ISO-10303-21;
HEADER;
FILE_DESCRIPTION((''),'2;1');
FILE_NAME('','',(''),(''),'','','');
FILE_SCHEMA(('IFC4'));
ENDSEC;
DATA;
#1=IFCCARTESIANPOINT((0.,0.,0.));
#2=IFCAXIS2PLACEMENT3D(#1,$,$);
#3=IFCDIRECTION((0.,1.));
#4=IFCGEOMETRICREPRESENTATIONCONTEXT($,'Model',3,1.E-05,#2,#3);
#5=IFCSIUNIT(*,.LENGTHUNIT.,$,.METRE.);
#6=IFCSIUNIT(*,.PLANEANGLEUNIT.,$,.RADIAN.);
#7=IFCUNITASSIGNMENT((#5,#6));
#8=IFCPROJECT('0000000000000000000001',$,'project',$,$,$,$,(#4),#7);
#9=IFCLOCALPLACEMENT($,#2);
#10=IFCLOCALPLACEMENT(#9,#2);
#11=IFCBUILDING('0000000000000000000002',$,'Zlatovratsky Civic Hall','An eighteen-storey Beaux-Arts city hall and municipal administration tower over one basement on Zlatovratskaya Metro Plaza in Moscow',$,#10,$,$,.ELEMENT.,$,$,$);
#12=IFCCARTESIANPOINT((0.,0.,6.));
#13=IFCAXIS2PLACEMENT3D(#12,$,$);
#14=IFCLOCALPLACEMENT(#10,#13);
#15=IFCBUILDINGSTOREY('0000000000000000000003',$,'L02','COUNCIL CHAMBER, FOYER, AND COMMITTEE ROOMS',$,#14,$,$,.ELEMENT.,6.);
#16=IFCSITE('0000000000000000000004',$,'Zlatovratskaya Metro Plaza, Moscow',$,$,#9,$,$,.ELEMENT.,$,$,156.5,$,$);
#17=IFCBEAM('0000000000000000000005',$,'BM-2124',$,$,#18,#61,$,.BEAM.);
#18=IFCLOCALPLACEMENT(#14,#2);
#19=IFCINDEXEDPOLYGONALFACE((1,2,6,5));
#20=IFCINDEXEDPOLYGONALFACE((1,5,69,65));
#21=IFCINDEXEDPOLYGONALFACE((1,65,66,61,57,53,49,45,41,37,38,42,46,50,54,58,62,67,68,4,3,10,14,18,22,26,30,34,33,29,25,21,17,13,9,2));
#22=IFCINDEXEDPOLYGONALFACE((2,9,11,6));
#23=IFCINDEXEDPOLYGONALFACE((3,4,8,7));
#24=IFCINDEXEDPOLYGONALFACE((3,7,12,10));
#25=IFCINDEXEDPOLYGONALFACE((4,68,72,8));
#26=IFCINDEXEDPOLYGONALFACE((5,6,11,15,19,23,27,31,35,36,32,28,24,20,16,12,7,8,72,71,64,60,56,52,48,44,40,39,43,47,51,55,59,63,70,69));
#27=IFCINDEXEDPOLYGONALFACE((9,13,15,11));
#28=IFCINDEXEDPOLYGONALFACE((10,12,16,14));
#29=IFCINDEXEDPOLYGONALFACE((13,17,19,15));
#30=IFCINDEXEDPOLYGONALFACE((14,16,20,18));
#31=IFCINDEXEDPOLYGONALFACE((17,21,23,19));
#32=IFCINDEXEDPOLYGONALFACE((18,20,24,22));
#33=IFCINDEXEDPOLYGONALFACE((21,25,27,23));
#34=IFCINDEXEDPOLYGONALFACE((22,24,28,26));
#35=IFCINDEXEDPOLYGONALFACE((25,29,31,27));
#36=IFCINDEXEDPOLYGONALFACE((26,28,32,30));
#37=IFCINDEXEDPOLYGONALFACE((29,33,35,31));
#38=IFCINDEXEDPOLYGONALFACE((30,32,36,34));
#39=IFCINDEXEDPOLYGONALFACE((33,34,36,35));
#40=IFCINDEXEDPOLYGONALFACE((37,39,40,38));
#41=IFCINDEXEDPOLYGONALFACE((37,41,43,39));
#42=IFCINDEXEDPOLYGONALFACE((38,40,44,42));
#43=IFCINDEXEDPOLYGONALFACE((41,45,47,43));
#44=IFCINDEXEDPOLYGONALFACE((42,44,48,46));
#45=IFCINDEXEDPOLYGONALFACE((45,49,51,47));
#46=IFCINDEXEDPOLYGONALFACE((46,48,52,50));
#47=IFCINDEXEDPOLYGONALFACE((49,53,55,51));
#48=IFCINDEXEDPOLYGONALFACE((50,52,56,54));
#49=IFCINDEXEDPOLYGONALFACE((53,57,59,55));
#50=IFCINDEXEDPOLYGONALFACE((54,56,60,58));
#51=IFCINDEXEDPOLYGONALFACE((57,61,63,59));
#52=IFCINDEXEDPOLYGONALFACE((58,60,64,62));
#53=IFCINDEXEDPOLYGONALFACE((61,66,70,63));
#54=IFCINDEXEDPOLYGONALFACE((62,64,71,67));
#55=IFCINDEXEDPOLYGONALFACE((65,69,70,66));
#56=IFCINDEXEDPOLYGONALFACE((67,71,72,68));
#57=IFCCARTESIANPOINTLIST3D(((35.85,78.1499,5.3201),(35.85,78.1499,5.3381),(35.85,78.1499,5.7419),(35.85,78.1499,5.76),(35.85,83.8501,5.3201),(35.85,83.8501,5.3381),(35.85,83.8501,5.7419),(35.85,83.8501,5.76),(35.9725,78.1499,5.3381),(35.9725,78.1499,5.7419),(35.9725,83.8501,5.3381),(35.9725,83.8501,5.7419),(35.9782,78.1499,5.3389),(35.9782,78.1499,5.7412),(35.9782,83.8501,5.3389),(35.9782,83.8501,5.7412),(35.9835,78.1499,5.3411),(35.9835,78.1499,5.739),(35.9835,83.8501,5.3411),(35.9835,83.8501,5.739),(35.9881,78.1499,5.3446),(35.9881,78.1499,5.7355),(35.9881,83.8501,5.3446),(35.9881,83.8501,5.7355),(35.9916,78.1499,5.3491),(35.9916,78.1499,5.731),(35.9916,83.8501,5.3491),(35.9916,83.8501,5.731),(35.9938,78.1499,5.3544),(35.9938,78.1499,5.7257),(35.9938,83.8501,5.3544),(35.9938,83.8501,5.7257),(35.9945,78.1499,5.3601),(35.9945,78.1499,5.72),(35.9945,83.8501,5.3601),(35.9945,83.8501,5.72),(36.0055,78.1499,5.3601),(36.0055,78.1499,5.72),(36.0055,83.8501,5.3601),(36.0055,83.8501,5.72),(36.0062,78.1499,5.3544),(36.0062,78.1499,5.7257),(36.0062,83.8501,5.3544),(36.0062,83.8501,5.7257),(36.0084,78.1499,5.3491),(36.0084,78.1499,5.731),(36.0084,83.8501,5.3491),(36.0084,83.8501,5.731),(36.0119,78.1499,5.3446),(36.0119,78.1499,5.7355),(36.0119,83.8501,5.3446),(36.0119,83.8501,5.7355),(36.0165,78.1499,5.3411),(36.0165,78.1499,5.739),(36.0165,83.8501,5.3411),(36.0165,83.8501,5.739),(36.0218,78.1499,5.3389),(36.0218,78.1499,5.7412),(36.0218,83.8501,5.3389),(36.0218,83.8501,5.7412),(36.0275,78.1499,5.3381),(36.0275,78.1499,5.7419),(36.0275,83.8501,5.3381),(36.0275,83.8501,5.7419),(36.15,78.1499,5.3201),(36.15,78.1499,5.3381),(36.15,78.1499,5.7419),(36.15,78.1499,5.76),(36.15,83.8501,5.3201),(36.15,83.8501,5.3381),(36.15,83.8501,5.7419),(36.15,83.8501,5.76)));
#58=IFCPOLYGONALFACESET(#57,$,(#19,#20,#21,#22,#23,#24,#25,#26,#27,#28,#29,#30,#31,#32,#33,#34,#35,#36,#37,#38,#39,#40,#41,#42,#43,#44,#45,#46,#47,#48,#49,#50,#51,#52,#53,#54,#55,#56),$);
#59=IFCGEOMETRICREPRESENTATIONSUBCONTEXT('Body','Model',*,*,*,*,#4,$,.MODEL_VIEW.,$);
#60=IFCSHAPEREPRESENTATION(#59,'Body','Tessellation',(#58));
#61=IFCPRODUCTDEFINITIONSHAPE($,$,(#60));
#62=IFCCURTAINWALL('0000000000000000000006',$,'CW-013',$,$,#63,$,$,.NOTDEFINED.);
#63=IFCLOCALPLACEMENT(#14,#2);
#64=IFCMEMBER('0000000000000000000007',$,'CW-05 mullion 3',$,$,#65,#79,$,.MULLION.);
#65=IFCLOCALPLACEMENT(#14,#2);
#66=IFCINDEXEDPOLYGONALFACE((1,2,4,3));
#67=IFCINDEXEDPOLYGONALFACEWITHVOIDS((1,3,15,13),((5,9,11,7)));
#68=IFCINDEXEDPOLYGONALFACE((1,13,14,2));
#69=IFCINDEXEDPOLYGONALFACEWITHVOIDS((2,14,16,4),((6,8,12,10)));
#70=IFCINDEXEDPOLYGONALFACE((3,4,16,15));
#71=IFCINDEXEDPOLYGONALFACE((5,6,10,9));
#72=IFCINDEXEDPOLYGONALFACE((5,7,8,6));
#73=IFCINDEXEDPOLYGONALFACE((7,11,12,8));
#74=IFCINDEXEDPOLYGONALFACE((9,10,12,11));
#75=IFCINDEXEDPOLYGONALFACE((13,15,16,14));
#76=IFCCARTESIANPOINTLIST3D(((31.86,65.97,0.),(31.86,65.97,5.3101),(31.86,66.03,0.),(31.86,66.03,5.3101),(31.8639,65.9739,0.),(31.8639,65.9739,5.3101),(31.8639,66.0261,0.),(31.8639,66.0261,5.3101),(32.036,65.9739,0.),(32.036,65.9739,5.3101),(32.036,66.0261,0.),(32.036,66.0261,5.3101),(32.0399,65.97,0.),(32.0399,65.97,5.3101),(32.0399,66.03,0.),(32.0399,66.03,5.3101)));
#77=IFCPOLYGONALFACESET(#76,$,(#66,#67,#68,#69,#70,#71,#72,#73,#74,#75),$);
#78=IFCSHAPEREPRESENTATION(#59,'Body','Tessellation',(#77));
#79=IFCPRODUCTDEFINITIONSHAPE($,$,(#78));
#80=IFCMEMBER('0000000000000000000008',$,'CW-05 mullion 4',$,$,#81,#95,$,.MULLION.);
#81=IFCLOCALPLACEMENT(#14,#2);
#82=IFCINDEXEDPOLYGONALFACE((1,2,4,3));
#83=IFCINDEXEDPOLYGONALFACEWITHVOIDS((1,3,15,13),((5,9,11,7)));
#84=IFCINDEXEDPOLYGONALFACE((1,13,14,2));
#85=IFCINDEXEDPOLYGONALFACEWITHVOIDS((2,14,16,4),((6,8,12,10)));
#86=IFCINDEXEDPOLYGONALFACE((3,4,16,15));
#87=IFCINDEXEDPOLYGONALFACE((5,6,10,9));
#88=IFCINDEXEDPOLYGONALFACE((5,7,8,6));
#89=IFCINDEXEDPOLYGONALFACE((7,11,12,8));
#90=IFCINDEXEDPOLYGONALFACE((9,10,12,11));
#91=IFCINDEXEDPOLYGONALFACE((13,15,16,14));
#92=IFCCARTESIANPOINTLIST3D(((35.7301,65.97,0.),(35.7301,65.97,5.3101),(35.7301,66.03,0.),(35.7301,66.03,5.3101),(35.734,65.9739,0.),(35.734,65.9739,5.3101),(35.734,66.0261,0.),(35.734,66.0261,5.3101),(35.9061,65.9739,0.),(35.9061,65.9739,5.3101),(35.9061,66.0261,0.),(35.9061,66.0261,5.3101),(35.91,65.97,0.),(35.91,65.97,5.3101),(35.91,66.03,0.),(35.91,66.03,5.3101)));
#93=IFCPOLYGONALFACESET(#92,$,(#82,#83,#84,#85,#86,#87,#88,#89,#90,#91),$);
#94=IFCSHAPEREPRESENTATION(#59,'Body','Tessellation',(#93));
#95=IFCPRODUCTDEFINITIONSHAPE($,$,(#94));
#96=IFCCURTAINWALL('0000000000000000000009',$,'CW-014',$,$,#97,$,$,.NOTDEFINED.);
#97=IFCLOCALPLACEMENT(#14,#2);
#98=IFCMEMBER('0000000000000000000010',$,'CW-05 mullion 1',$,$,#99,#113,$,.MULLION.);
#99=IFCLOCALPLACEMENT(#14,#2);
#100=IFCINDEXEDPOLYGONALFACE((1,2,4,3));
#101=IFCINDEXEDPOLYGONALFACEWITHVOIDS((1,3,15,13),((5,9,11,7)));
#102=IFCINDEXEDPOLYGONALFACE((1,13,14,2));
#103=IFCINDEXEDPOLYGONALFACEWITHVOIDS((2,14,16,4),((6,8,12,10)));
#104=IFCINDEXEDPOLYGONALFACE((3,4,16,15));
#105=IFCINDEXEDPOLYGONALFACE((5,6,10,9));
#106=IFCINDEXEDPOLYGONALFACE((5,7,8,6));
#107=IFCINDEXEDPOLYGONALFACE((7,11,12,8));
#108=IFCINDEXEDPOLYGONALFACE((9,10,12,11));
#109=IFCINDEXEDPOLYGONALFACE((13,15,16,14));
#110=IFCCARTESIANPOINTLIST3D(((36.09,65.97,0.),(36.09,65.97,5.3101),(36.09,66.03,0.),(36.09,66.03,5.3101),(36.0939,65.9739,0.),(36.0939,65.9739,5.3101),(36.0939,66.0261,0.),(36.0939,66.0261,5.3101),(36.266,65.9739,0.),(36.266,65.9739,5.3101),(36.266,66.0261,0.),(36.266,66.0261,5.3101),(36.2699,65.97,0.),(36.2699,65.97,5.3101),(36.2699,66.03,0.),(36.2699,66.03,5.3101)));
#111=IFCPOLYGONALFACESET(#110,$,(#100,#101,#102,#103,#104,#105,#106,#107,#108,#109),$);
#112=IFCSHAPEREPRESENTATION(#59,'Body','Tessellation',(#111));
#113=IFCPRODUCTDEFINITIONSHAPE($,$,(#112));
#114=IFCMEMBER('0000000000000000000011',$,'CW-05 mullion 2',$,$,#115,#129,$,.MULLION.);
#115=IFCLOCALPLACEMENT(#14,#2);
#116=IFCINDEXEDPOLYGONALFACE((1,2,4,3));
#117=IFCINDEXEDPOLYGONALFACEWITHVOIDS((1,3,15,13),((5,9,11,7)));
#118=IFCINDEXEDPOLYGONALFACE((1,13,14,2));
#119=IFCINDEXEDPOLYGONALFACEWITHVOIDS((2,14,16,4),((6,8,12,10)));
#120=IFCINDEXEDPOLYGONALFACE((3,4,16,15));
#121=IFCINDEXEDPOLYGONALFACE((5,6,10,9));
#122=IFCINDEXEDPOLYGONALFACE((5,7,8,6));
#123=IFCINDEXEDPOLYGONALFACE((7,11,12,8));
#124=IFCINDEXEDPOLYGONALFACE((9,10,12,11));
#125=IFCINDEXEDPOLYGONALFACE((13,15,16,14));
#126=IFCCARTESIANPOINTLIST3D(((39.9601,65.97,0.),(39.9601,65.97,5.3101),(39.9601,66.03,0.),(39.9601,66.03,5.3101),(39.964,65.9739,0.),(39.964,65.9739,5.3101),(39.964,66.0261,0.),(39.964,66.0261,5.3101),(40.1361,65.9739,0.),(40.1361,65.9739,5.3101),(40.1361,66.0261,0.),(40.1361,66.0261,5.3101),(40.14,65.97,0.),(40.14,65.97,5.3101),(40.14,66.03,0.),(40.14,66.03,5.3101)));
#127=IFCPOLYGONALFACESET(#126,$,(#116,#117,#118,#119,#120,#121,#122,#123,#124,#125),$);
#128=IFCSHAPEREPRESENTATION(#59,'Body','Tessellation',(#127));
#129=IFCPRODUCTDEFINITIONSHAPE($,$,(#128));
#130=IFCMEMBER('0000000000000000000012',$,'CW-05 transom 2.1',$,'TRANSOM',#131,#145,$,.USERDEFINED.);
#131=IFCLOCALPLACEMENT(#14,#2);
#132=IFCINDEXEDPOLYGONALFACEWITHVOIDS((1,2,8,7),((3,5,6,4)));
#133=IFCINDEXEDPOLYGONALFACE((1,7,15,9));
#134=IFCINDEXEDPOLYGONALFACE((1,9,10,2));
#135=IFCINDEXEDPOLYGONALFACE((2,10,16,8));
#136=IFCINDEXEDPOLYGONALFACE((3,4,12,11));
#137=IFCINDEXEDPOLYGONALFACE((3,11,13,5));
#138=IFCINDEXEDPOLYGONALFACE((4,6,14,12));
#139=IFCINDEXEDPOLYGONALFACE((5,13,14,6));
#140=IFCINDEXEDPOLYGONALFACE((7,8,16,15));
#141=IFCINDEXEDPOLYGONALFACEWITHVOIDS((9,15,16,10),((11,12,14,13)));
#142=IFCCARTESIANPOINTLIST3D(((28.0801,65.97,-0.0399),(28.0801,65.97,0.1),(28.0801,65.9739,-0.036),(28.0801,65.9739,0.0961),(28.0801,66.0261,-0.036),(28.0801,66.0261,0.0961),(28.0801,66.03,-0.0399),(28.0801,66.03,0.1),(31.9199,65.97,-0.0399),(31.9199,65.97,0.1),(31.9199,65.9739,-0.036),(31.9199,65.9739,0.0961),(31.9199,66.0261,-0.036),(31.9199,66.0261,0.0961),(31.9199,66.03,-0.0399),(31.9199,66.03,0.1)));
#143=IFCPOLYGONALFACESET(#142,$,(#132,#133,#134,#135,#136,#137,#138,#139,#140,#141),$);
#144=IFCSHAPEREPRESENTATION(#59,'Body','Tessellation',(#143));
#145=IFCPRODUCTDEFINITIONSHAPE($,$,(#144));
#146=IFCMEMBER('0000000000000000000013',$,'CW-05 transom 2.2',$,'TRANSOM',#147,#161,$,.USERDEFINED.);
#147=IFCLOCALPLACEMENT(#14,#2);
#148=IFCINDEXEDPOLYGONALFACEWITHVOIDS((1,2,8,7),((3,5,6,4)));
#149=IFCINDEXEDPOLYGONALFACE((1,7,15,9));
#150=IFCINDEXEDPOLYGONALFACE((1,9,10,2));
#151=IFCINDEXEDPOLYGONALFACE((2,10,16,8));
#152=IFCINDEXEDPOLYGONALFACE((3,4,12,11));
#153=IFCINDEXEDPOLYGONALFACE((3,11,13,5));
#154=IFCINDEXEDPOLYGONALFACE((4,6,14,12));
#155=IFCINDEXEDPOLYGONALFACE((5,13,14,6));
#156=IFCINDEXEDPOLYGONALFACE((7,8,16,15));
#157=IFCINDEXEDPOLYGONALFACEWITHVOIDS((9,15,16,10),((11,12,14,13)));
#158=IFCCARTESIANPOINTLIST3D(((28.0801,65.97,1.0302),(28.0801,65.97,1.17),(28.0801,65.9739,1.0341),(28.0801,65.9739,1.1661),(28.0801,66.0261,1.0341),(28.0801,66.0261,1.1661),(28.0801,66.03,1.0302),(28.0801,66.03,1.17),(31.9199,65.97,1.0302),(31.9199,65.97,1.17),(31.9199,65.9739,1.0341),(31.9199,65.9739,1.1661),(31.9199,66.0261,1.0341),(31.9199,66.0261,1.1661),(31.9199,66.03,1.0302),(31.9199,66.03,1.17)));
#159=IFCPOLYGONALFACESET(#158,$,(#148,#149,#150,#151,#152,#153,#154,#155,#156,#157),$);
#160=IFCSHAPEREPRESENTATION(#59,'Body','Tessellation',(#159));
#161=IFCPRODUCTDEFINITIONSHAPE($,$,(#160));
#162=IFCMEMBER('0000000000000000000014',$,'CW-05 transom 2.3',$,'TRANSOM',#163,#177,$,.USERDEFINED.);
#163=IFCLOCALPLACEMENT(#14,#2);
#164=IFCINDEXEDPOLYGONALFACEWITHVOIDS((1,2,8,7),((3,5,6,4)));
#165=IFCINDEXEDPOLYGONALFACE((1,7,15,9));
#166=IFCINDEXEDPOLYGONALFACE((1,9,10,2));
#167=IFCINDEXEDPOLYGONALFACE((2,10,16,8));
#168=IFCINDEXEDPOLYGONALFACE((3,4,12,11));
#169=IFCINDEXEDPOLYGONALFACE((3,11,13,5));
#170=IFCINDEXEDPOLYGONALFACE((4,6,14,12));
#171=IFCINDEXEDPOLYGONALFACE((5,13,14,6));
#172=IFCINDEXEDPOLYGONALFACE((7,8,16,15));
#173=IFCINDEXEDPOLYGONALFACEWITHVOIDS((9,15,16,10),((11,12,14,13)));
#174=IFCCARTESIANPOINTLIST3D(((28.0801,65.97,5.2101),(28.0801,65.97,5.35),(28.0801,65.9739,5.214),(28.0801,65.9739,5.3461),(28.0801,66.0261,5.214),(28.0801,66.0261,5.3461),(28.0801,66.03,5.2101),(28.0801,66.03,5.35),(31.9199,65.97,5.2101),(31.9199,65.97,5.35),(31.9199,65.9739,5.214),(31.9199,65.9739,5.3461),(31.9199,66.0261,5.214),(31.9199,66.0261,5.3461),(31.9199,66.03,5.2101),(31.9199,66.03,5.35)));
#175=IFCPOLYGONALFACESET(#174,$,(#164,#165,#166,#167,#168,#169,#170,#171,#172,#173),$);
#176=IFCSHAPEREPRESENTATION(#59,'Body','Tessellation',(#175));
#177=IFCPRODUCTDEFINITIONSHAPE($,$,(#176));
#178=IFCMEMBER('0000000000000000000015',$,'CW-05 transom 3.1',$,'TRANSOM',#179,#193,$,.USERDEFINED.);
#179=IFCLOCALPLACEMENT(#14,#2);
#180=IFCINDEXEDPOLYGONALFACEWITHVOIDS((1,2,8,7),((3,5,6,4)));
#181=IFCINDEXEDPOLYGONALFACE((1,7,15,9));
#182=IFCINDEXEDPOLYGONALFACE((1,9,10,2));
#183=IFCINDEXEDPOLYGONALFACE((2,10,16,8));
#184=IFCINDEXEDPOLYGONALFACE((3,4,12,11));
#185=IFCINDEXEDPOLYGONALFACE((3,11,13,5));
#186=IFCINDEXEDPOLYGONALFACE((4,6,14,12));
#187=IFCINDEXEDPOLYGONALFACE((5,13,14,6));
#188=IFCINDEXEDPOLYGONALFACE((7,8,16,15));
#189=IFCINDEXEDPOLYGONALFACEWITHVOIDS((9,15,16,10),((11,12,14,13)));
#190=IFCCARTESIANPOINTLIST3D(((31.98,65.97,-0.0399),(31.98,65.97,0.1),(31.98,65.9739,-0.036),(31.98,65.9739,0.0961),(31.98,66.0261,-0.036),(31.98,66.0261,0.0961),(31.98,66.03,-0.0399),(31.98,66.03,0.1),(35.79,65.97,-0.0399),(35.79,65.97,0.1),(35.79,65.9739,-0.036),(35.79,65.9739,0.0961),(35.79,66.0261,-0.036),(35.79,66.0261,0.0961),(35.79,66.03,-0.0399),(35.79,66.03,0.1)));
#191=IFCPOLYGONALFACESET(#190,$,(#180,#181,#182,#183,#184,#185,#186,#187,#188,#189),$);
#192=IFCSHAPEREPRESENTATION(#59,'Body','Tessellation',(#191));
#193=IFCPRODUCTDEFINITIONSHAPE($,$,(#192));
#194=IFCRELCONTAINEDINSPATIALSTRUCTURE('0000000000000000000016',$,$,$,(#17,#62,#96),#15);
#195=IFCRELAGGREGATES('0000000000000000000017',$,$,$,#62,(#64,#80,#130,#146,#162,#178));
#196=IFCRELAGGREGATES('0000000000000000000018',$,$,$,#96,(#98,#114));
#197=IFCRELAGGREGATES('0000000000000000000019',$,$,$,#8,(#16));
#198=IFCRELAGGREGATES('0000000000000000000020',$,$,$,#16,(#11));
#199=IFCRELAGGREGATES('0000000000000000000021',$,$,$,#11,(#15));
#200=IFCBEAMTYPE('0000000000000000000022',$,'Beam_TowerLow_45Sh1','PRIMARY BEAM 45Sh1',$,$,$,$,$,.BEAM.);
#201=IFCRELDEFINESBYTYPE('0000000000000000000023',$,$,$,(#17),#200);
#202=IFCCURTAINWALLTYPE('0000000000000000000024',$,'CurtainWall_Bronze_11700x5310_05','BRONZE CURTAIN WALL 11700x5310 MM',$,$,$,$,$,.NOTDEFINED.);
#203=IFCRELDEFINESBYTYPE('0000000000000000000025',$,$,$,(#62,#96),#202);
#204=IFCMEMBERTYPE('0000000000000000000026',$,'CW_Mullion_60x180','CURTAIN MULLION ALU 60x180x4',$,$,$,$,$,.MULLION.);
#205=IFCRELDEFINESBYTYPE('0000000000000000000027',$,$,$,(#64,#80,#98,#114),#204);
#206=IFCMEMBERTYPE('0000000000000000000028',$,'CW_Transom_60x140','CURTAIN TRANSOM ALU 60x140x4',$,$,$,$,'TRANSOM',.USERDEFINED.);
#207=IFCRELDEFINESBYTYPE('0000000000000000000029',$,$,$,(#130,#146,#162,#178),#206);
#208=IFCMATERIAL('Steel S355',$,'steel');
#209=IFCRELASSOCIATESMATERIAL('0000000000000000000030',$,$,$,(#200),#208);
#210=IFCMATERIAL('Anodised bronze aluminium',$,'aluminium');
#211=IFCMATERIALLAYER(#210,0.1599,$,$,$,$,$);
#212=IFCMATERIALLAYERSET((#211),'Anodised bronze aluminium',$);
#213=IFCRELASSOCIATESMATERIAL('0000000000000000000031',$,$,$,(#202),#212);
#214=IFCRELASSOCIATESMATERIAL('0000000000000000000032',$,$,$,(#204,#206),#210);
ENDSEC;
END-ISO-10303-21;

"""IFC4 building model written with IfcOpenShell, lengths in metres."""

from ifc_helpers import new_model, si_unit, direction, frame, origin, origin_2d, place, context, subcontext, project, spatial, hollow_rectangle, i_section, extrude, material, layer, layer_set, material_profile, profile_set, type_object, element, aggregate, save


model = new_model("IFC4")

# Units and contexts
model_context = context("Model", 3, precision=1e-05, world=origin(), true_north=direction((0.0, 1.0)))
body_context = subcontext(model_context, "Body", "Model", "MODEL_VIEW")
ifc_project = project(units=[si_unit("LENGTHUNIT", "METRE"), si_unit("PLANEANGLEUNIT", "RADIAN")], contexts=[model_context])

# Site, building, storey
site_placement = place(None, origin())
site = spatial("IfcSite", under=ifc_project, at=site_placement, Name="Zlatovratskaya Metro Plaza, Moscow", CompositionType="ELEMENT", RefElevation=156.5)
building_placement = place(site_placement, origin())
building = spatial("IfcBuilding", under=site, at=building_placement, Name="Zlatovratsky Civic Hall", Description="An eighteen-storey Beaux-Arts city hall and municipal administration tower over one basement on Zlatovratskaya Metro Plaza in Moscow", CompositionType="ELEMENT")
storey_placement = place(building_placement, frame((0.0, 0.0, 6.0)))
storey = spatial("IfcBuildingStorey", under=building, at=storey_placement, Name="L02", Description="COUNCIL CHAMBER, FOYER, AND COMMITTEE ROOMS", CompositionType="ELEMENT", Elevation=6.0)

# Shared definitions
ifc_material_1 = material(Name="Steel S355", Category="steel")

# Beam
ifc_material_profile_1 = material_profile(ifc_material_1, i_section(OverallWidth=0.3, OverallDepth=0.4399, WebThickness=0.011, FlangeThickness=0.0181, FilletRadius=0.022, at=origin_2d()), Name="45Sh1")
ifc_profile_set_1 = profile_set([ifc_material_profile_1], Name="Steel S355")
beam_type_1 = type_object("IfcBeamType", Name="Beam_TowerLow_45Sh1", Description="PRIMARY BEAM 45Sh1", PredefinedType="BEAM", material=ifc_profile_set_1)
for number, where, z_axis, x_axis, name in (
    (1, (36.0, 78.1499, 5.54), (0.0, 1.0, 0.0), (-1.0, 0.0, 0.0), "BM-2124"),
):
    element("IfcBeam", number, at=place(storey_placement, frame(where, z_axis=z_axis, x_axis=x_axis)), inside=storey, type_object=beam_type_1, Name=name, PredefinedType="BEAM", context=body_context, shape_type="SweptSolid", body=[
        extrude(i_section(OverallWidth=0.3, OverallDepth=0.4399, WebThickness=0.011, FlangeThickness=0.0181, FilletRadius=0.022, at=origin_2d()), origin(), (0.0, 0.0, 1.0), 5.7002),
    ])

# Curtain walls, members
ifc_material_2 = material(Name="Anodised bronze aluminium", Category="aluminium")
ifc_layer_1 = layer(ifc_material_2, 0.1599)
ifc_layer_set_1 = layer_set([ifc_layer_1], Name="Anodised bronze aluminium")
curtain_wall_type = type_object("IfcCurtainWallType", Name="CurtainWall_Bronze_11700x5310_05", Description="BRONZE CURTAIN WALL 11700x5310 MM", PredefinedType="NOTDEFINED", material=ifc_layer_set_1)
curtain_wall_1_placement = place(storey_placement, origin())
curtain_wall_1 = element("IfcCurtainWall", 2, at=curtain_wall_1_placement, inside=storey, type_object=curtain_wall_type, Name="CW-013", PredefinedType="NOTDEFINED")
ifc_material_profile_2 = material_profile(ifc_material_2, hollow_rectangle(XDim=0.0601, YDim=0.1799, WallThickness=0.0039, at=origin_2d()), Name="ALU 60x180x4")
ifc_profile_set_2 = profile_set([ifc_material_profile_2], Name="Anodised bronze aluminium")
member_type_1 = type_object("IfcMemberType", Name="CW_Mullion_60x180", Description="CURTAIN MULLION ALU 60x180x4", PredefinedType="MULLION", material=ifc_profile_set_2)
member_1_placement = place(storey_placement, frame((31.95, 66.0, 0.0), z_axis=(0.0, 0.0, 1.0), x_axis=(0.0, 1.0, 0.0)))
member_1 = element("IfcMember", 3, at=member_1_placement, type_object=member_type_1, Name="CW-05 mullion 3", PredefinedType="MULLION", context=body_context, shape_type="SweptSolid", body=[
    extrude(hollow_rectangle(XDim=0.0601, YDim=0.1799, WallThickness=0.0039, at=origin_2d()), origin(), (0.0, 0.0, 1.0), 5.3101),
])
member_2_placement = place(storey_placement, frame((35.8201, 66.0, 0.0), z_axis=(0.0, 0.0, 1.0), x_axis=(0.0, 1.0, 0.0)))
member_2 = element("IfcMember", 4, at=member_2_placement, type_object=member_type_1, Name="CW-05 mullion 4", PredefinedType="MULLION", context=body_context, shape_type="SweptSolid", body=[
    extrude(hollow_rectangle(XDim=0.0601, YDim=0.1799, WallThickness=0.0039, at=origin_2d()), origin(), (0.0, 0.0, 1.0), 5.3101),
])
curtain_wall_2_placement = place(storey_placement, origin())
curtain_wall_2 = element("IfcCurtainWall", 5, at=curtain_wall_2_placement, inside=storey, type_object=curtain_wall_type, Name="CW-014", PredefinedType="NOTDEFINED")
member_3_placement = place(storey_placement, frame((36.1799, 66.0, 0.0), z_axis=(0.0, 0.0, 1.0), x_axis=(0.0, 1.0, 0.0)))
member_3 = element("IfcMember", 6, at=member_3_placement, type_object=member_type_1, Name="CW-05 mullion 1", PredefinedType="MULLION", context=body_context, shape_type="SweptSolid", body=[
    extrude(hollow_rectangle(XDim=0.0601, YDim=0.1799, WallThickness=0.0039, at=origin_2d()), origin(), (0.0, 0.0, 1.0), 5.3101),
])
member_4_placement = place(storey_placement, frame((40.05, 66.0, 0.0), z_axis=(0.0, 0.0, 1.0), x_axis=(0.0, 1.0, 0.0)))
member_4 = element("IfcMember", 7, at=member_4_placement, type_object=member_type_1, Name="CW-05 mullion 2", PredefinedType="MULLION", context=body_context, shape_type="SweptSolid", body=[
    extrude(hollow_rectangle(XDim=0.0601, YDim=0.1799, WallThickness=0.0039, at=origin_2d()), origin(), (0.0, 0.0, 1.0), 5.3101),
])

# Members
ifc_material_profile_3 = material_profile(ifc_material_2, hollow_rectangle(XDim=0.0601, YDim=0.1399, WallThickness=0.0039, at=origin_2d()), Name="ALU 60x140x4")
ifc_profile_set_3 = profile_set([ifc_material_profile_3], Name="Anodised bronze aluminium")
member_type_2 = type_object("IfcMemberType", Name="CW_Transom_60x140", Description="CURTAIN TRANSOM ALU 60x140x4", ElementType="TRANSOM", PredefinedType="USERDEFINED", material=ifc_profile_set_3)
member_5_placement = place(storey_placement, frame((28.0801, 66.0, 0.03), z_axis=(1.0, 0.0, 0.0), x_axis=(0.0, 1.0, 0.0)))
member_5 = element("IfcMember", 8, at=member_5_placement, type_object=member_type_2, Name="CW-05 transom 2.1", ObjectType="TRANSOM", PredefinedType="USERDEFINED", context=body_context, shape_type="SweptSolid", body=[
    extrude(hollow_rectangle(XDim=0.0601, YDim=0.1399, WallThickness=0.0039, at=origin_2d()), origin(), (0.0, 0.0, 1.0), 3.8398),
])
member_6_placement = place(storey_placement, frame((28.0801, 66.0, 1.1001), z_axis=(1.0, 0.0, 0.0), x_axis=(0.0, 1.0, 0.0)))
member_6 = element("IfcMember", 9, at=member_6_placement, type_object=member_type_2, Name="CW-05 transom 2.2", ObjectType="TRANSOM", PredefinedType="USERDEFINED", context=body_context, shape_type="SweptSolid", body=[
    extrude(hollow_rectangle(XDim=0.0601, YDim=0.1399, WallThickness=0.0039, at=origin_2d()), origin(), (0.0, 0.0, 1.0), 3.8398),
])
member_7_placement = place(storey_placement, frame((28.0801, 66.0, 5.28), z_axis=(1.0, 0.0, 0.0), x_axis=(0.0, 1.0, 0.0)))
member_7 = element("IfcMember", 10, at=member_7_placement, type_object=member_type_2, Name="CW-05 transom 2.3", ObjectType="TRANSOM", PredefinedType="USERDEFINED", context=body_context, shape_type="SweptSolid", body=[
    extrude(hollow_rectangle(XDim=0.0601, YDim=0.1399, WallThickness=0.0039, at=origin_2d()), origin(), (0.0, 0.0, 1.0), 3.8398),
])
member_8_placement = place(storey_placement, frame((31.98, 66.0, 0.03), z_axis=(1.0, 0.0, 0.0), x_axis=(0.0, 1.0, 0.0)))
member_8 = element("IfcMember", 11, at=member_8_placement, type_object=member_type_2, Name="CW-05 transom 3.1", ObjectType="TRANSOM", PredefinedType="USERDEFINED", context=body_context, shape_type="SweptSolid", body=[
    extrude(hollow_rectangle(XDim=0.0601, YDim=0.1399, WallThickness=0.0039, at=origin_2d()), origin(), (0.0, 0.0, 1.0), 3.8101),
])

aggregate(curtain_wall_1, [member_1, member_2, member_5, member_6, member_7, member_8])
aggregate(curtain_wall_2, [member_3, member_4])

save(model, "model.ifc")
